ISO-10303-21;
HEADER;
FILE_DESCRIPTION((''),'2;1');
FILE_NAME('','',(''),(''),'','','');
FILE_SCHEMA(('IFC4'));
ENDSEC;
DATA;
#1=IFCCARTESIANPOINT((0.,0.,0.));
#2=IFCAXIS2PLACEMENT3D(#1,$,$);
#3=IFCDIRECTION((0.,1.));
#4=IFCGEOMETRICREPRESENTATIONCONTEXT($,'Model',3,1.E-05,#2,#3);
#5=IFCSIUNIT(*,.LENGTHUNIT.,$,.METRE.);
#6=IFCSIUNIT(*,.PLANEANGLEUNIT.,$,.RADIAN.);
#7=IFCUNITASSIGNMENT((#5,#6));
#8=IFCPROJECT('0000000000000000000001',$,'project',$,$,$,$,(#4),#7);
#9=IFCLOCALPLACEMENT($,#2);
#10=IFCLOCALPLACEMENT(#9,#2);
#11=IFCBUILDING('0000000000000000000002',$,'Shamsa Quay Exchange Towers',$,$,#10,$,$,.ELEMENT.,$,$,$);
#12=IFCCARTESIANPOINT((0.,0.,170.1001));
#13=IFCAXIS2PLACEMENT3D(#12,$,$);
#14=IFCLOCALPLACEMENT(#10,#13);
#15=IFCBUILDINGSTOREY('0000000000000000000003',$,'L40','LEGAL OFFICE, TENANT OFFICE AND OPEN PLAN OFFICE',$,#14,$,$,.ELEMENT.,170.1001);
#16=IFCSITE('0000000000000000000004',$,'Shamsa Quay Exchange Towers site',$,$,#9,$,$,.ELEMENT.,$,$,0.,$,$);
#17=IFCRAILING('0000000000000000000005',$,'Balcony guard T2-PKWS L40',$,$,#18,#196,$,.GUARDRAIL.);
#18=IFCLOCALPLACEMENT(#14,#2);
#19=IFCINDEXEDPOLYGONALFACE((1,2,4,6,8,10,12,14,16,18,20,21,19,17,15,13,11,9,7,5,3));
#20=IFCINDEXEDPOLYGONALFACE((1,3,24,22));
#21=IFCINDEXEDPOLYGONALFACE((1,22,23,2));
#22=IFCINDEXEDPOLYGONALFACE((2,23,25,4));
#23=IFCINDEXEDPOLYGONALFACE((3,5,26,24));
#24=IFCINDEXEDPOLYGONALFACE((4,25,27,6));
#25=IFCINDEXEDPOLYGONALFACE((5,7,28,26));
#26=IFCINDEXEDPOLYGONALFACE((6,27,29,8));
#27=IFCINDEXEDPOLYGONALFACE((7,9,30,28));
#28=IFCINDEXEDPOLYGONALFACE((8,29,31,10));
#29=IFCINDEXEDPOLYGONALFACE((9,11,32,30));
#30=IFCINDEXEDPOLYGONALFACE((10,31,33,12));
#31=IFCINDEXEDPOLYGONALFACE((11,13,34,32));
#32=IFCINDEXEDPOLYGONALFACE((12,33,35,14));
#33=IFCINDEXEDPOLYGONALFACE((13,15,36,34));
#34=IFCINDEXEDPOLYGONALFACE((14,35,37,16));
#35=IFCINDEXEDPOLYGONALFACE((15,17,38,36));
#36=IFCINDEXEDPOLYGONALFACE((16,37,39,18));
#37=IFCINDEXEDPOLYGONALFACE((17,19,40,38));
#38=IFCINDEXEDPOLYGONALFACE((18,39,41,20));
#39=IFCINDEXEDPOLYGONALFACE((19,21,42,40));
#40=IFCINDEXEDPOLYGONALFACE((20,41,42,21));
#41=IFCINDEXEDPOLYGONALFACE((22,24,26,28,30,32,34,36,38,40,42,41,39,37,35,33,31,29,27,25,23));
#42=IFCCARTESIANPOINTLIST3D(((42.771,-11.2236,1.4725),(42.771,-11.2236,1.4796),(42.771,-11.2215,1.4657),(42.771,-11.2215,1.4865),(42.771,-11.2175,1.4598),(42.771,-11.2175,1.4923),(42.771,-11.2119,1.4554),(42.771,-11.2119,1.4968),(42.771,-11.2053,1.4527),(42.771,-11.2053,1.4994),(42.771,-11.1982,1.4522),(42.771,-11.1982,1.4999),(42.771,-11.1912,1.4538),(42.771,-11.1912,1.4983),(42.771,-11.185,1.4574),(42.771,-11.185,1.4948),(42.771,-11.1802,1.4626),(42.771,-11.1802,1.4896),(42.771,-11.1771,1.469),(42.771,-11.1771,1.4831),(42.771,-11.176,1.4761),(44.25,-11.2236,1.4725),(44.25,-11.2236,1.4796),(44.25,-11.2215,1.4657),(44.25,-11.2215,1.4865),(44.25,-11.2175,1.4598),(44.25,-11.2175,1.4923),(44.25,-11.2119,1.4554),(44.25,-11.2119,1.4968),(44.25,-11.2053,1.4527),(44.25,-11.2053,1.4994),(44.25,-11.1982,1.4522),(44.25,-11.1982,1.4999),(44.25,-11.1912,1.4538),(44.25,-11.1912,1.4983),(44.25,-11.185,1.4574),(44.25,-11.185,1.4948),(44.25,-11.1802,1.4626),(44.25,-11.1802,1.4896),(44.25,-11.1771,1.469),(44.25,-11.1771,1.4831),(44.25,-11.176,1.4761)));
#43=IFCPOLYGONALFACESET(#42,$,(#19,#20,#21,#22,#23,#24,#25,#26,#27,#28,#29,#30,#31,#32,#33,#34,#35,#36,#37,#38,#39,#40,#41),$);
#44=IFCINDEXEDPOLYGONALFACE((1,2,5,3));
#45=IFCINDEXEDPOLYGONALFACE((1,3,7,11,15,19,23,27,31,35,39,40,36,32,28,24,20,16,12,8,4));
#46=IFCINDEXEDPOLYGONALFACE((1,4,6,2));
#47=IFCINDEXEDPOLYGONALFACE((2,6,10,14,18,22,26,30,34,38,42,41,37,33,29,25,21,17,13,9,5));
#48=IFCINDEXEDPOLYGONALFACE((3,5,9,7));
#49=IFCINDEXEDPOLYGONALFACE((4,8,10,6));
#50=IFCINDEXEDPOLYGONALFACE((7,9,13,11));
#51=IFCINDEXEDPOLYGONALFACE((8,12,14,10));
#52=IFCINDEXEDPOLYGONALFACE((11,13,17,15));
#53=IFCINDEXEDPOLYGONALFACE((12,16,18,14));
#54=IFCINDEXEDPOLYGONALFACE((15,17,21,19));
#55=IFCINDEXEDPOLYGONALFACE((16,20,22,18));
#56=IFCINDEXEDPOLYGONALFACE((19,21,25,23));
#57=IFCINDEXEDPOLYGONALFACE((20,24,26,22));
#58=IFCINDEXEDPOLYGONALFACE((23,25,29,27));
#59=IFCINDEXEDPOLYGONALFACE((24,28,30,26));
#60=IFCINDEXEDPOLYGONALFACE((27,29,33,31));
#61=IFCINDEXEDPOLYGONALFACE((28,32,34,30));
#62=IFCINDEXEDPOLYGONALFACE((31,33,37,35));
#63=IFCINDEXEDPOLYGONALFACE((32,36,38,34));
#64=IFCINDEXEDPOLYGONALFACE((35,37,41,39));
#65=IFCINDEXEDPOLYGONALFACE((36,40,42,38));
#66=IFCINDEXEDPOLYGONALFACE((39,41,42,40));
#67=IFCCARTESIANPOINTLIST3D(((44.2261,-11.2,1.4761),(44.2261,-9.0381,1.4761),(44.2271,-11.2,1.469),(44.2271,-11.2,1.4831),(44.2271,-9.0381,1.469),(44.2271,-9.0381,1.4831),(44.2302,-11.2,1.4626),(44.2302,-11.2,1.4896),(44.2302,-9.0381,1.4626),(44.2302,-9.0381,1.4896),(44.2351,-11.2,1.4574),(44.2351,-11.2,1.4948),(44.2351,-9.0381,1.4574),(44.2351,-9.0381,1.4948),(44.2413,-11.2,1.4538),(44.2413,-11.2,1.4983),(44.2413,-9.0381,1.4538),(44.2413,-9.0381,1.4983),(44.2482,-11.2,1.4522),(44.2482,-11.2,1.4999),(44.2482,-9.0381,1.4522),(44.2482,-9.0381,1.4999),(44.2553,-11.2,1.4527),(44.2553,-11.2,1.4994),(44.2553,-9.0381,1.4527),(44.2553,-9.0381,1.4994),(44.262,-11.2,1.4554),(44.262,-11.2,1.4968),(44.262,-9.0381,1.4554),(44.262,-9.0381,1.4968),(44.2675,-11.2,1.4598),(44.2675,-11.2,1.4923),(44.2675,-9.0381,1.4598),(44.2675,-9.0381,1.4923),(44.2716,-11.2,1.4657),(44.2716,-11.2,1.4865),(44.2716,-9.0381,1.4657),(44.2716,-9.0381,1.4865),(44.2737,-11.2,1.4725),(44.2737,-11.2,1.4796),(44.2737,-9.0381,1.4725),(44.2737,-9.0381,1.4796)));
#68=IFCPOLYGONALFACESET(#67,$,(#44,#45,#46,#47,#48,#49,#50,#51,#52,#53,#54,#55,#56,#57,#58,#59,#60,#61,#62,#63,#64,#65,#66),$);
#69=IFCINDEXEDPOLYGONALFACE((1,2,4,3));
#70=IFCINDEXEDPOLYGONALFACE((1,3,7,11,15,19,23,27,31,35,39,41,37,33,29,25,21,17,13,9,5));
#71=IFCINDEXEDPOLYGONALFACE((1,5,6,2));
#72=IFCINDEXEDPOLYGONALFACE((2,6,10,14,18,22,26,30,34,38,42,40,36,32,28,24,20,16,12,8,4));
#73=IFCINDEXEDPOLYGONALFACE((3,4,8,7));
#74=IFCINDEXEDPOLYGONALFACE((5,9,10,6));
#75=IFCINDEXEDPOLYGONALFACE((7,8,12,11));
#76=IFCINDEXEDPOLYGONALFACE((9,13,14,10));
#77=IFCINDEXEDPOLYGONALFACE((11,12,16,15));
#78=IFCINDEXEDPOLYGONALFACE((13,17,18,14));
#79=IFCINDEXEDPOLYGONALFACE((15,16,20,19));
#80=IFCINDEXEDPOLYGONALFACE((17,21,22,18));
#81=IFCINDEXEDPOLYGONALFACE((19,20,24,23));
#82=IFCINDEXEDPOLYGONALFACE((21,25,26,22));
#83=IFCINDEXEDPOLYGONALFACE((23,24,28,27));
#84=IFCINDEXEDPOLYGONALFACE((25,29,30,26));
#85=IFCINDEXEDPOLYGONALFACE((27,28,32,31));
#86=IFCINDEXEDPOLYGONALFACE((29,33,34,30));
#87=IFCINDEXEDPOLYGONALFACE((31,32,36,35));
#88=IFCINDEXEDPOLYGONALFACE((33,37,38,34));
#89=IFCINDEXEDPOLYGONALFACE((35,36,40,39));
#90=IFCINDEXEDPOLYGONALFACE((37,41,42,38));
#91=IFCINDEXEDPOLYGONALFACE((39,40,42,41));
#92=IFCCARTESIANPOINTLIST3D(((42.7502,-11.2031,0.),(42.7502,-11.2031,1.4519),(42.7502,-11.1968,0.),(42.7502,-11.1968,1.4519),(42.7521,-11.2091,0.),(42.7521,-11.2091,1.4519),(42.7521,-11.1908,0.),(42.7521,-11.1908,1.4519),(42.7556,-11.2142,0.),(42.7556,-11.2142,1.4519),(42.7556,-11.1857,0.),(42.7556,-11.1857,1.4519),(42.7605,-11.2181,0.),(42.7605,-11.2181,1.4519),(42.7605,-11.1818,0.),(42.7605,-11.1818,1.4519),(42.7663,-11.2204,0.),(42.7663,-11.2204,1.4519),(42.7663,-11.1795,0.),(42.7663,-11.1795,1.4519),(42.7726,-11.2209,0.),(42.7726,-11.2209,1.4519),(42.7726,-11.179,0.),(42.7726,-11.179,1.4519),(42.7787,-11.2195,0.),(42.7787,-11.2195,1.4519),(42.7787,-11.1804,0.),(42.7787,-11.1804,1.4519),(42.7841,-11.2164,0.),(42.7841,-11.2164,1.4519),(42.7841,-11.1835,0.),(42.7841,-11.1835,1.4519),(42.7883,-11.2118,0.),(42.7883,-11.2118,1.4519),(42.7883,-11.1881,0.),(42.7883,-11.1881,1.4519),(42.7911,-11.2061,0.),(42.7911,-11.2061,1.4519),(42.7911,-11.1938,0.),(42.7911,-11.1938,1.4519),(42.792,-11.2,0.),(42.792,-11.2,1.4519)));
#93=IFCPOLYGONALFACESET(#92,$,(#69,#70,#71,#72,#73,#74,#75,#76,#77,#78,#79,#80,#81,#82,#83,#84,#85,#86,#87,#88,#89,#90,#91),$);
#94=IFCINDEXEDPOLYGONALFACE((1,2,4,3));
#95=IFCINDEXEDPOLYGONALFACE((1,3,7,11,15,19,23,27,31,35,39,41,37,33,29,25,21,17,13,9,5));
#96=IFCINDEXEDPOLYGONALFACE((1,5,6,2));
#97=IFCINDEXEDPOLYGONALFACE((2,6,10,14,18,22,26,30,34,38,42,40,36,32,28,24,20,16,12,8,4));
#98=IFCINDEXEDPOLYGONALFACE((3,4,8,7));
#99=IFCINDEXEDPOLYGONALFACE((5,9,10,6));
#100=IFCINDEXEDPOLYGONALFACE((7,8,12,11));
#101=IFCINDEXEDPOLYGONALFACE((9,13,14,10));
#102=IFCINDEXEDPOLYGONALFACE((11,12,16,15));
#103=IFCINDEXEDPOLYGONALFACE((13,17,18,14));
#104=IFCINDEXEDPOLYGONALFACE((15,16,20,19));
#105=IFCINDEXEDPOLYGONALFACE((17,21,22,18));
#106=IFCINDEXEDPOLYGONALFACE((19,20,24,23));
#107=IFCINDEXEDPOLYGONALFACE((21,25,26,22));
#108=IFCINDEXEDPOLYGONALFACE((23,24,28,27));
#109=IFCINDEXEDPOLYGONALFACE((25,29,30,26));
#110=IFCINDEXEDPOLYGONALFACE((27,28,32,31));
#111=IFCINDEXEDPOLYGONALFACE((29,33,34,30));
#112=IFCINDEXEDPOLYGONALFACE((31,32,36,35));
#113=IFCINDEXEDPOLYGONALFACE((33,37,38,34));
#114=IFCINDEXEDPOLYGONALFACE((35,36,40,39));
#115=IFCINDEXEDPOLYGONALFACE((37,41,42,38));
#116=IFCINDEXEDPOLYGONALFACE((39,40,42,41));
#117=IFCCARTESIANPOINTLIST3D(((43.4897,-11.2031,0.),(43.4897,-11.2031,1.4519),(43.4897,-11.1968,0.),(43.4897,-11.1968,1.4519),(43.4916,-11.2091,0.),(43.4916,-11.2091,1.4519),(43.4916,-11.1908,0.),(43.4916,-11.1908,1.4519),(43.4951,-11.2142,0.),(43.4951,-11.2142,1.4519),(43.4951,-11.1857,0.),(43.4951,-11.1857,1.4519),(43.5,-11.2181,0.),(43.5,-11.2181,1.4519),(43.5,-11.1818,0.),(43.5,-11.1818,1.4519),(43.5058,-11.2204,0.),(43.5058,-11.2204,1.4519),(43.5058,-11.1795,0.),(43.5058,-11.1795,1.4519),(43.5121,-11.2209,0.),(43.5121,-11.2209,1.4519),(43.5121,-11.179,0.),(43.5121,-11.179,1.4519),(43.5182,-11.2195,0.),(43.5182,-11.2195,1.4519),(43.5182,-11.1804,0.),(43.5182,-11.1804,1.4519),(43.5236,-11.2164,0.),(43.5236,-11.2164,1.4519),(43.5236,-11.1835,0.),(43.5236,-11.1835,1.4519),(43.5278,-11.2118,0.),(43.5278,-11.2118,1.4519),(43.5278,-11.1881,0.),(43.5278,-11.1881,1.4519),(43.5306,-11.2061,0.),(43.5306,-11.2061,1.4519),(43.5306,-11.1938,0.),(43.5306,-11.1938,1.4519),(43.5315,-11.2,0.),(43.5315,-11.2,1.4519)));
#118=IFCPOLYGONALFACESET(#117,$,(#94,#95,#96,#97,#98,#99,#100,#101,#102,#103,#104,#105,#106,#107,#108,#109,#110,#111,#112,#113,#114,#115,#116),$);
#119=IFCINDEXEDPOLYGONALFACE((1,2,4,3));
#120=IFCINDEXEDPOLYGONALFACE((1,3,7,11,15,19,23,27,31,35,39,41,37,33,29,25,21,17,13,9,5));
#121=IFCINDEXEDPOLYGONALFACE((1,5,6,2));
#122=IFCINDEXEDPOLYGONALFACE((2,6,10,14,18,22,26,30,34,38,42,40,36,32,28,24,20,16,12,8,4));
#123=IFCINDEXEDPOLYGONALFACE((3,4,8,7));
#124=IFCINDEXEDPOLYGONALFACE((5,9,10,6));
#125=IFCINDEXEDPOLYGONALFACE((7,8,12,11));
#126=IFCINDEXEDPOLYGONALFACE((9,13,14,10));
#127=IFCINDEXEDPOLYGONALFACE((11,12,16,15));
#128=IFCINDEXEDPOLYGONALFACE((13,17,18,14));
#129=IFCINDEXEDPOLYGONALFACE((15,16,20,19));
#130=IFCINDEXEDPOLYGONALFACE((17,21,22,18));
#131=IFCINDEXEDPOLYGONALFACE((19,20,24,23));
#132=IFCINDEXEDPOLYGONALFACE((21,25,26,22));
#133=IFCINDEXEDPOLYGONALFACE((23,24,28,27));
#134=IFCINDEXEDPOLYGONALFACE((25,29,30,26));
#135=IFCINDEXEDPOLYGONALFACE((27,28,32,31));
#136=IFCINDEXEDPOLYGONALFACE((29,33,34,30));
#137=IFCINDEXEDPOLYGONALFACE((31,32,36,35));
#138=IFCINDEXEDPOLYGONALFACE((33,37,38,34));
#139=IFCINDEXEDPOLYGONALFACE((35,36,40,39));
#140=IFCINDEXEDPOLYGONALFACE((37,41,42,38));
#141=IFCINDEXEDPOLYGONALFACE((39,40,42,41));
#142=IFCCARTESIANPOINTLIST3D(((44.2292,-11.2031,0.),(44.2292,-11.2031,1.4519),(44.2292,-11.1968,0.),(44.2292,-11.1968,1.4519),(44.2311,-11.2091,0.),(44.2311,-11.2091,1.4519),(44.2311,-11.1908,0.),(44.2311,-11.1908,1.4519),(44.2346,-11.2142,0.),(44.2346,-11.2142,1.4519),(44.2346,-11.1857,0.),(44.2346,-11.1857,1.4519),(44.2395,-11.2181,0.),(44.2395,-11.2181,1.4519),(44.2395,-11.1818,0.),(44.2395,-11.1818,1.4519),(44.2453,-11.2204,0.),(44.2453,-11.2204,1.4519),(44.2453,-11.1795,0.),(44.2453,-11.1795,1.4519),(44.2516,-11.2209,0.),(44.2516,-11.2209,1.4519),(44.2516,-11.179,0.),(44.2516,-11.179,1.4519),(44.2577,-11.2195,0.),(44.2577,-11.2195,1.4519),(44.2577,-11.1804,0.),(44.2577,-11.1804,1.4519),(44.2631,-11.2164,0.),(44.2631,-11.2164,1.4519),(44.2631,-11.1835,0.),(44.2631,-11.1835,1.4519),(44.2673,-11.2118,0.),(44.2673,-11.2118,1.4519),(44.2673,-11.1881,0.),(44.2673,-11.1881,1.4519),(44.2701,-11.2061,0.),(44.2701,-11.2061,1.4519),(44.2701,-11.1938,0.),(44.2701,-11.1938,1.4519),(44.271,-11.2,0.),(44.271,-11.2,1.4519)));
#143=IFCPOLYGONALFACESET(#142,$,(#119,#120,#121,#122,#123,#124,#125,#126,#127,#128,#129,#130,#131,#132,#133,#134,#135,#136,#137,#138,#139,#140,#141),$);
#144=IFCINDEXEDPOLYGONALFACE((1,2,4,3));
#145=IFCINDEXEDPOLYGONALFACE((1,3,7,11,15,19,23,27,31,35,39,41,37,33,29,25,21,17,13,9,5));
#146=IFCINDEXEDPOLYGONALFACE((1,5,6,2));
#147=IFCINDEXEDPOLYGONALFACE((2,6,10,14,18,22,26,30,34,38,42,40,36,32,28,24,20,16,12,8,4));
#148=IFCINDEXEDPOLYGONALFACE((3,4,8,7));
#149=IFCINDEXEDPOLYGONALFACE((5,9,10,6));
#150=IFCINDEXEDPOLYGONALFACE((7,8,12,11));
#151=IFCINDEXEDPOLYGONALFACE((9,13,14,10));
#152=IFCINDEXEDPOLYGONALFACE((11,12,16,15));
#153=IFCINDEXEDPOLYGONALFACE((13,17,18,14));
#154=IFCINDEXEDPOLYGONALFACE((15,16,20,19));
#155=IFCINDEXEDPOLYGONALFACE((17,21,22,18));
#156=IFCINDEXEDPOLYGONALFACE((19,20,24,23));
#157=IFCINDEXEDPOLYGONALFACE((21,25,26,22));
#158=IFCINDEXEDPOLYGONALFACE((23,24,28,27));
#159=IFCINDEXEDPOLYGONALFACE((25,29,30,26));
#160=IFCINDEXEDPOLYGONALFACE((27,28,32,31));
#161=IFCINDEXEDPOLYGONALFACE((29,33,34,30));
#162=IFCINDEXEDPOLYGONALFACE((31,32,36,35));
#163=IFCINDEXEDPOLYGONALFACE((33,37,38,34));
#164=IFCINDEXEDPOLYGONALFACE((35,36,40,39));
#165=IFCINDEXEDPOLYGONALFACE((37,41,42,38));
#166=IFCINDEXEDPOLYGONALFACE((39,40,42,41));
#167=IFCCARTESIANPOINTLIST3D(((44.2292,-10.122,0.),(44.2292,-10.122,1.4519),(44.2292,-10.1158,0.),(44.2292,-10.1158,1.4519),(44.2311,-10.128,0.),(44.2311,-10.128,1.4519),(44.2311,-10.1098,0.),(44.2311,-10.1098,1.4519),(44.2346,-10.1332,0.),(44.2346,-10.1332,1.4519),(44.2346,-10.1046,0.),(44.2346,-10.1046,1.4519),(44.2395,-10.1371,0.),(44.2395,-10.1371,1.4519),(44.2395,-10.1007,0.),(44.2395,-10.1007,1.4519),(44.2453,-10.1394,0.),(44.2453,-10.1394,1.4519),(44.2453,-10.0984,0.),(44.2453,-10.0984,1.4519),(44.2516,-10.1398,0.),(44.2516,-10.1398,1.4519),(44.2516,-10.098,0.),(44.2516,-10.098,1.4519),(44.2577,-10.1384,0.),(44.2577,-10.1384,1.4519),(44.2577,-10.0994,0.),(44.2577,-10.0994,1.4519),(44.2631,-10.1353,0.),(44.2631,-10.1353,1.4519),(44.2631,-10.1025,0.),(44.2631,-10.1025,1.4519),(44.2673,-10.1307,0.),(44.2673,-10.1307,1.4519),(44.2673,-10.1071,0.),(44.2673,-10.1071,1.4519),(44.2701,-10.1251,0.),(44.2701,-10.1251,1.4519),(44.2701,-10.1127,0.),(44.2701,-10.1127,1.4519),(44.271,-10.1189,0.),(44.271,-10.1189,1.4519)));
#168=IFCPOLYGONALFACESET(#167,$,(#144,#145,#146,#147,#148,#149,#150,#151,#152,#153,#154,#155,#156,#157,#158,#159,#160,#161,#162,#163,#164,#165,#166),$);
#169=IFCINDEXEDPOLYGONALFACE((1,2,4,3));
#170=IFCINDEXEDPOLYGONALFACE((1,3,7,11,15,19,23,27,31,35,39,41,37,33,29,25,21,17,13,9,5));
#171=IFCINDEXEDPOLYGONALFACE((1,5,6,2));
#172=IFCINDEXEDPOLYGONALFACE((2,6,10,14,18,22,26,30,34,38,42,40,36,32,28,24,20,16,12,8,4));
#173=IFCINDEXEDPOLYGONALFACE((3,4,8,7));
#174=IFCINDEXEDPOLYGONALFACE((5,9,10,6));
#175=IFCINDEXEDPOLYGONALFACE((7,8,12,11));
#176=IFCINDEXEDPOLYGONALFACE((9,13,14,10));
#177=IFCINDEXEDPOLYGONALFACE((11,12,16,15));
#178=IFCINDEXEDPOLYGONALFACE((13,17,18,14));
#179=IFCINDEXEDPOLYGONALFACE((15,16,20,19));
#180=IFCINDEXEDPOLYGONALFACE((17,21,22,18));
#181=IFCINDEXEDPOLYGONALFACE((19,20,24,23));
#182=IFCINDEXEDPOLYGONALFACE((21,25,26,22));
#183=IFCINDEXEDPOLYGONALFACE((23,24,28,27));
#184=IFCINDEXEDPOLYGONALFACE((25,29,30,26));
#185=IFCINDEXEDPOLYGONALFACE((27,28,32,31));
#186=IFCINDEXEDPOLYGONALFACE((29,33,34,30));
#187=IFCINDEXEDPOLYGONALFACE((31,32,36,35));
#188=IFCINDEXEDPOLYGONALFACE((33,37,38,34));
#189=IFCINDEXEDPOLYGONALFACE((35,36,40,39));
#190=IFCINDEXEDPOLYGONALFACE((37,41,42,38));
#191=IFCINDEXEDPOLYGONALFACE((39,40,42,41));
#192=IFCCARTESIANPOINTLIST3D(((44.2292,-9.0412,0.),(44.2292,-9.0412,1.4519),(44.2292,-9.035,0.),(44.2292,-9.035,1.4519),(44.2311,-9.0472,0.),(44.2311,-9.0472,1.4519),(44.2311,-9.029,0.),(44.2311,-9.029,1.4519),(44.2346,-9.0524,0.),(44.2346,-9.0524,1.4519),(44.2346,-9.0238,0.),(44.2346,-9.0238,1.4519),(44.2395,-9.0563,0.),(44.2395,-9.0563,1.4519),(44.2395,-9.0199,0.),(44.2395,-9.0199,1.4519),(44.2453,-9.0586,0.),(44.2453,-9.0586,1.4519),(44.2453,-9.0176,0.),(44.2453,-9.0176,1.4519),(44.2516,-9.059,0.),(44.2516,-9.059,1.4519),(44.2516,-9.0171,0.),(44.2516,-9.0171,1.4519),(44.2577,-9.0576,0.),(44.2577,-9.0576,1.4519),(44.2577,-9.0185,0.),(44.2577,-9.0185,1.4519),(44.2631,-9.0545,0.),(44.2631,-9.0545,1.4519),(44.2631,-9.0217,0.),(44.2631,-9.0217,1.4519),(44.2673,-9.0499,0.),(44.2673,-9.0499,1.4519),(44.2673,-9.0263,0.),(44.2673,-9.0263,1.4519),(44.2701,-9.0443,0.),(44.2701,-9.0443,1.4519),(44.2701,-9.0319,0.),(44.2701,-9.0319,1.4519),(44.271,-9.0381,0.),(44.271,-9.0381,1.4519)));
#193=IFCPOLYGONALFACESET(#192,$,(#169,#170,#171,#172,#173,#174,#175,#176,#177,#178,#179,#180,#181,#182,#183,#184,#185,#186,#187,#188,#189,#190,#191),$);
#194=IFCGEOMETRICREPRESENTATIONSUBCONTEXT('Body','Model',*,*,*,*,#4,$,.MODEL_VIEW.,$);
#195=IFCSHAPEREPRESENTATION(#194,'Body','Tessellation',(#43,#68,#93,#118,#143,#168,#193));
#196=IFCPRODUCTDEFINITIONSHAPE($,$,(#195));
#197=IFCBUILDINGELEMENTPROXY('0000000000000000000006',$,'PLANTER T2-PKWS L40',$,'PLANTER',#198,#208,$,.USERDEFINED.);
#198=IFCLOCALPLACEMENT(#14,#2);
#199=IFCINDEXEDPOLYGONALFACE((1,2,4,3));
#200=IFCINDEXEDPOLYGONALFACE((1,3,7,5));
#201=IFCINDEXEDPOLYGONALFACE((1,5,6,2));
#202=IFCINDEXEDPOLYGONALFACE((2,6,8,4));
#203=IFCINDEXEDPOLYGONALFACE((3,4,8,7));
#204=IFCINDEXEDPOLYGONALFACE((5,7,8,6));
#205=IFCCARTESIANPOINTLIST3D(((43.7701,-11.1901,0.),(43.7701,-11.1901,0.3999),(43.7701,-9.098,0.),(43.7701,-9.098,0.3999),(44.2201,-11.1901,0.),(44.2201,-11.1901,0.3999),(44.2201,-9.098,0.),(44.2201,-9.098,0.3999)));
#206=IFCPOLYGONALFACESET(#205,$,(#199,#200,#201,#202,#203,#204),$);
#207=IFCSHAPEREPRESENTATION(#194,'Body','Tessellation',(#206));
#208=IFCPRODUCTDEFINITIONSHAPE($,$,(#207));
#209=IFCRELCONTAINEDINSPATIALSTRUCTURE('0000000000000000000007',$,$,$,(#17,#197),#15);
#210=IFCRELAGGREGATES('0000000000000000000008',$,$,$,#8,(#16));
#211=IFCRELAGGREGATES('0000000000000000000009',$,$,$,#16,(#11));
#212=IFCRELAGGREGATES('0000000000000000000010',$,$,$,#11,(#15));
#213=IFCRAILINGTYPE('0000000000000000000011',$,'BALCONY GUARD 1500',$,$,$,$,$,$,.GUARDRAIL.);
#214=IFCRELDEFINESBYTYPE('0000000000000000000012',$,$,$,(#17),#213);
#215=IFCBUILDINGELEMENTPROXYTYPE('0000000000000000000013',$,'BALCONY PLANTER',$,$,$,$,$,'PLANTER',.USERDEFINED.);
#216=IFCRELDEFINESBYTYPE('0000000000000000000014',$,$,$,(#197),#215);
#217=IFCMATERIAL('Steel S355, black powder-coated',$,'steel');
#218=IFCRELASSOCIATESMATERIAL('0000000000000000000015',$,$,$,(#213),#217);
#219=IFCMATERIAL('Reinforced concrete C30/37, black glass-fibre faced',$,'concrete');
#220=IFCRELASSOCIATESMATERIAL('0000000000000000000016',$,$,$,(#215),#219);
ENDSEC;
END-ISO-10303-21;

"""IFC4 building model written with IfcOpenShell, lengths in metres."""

from ifc_helpers import new_model, si_unit, direction, frame, origin, origin_2d, place, context, subcontext, project, spatial, rectangle, circle, extrude, material, type_object, element, save


model = new_model("IFC4")

# Units and contexts
model_context = context("Model", 3, precision=1e-05, world=origin(), true_north=direction((0.0, 1.0)))
body_context = subcontext(model_context, "Body", "Model", "MODEL_VIEW")
ifc_project = project(units=[si_unit("LENGTHUNIT", "METRE"), si_unit("PLANEANGLEUNIT", "RADIAN")], contexts=[model_context])

# Site, building, storey
site_placement = place(None, origin())
site = spatial("IfcSite", under=ifc_project, at=site_placement, Name="Shamsa Quay Exchange Towers site", CompositionType="ELEMENT", RefElevation=0.0)
building_placement = place(site_placement, origin())
building = spatial("IfcBuilding", under=site, at=building_placement, Name="Shamsa Quay Exchange Towers", CompositionType="ELEMENT")
storey_placement = place(building_placement, frame((0.0, 0.0, 170.1001)))
storey = spatial("IfcBuildingStorey", under=building, at=storey_placement, Name="L40", Description="LEGAL OFFICE, TENANT OFFICE AND OPEN PLAN OFFICE", CompositionType="ELEMENT", Elevation=170.1001)

# Railing
ifc_material_1 = material(Name="Steel S355, black powder-coated", Category="steel")
railing_type = type_object("IfcRailingType", Name="BALCONY GUARD 1500", PredefinedType="GUARDRAIL", material=ifc_material_1)
railing_placement = place(storey_placement, frame((42.771, -11.2, 0.0)))
element("IfcRailing", 1, at=railing_placement, inside=storey, type_object=railing_type, Name="Balcony guard T2-PKWS L40", PredefinedType="GUARDRAIL", context=body_context, shape_type="SweptSolid", body=[
    extrude(circle(Radius=0.0239, at=origin_2d()), frame((0.0, 0.0, 1.4761), z_axis=(1.0, 0.0, 0.0), x_axis=(0.0, 1.0, 0.0)), (0.0, 0.0, 1.0), 1.479),
    extrude(circle(Radius=0.0239, at=origin_2d()), frame((1.479, 0.0, 1.4761), z_axis=(0.0, 1.0, 0.0), x_axis=(-1.0, 0.0, 0.0)), (0.0, 0.0, 1.0), 2.1619),
    extrude(circle(Radius=0.021, at=origin_2d()), origin(), (0.0, 0.0, 1.0), 1.4519),
    extrude(circle(Radius=0.021, at=origin_2d()), frame((0.7395, 0.0, 0.0)), (0.0, 0.0, 1.0), 1.4519),
    extrude(circle(Radius=0.021, at=origin_2d()), frame((1.479, 0.0, 0.0)), (0.0, 0.0, 1.0), 1.4519),
    extrude(circle(Radius=0.021, at=origin_2d()), frame((1.479, 1.0811, 0.0)), (0.0, 0.0, 1.0), 1.4519),
    extrude(circle(Radius=0.021, at=origin_2d()), frame((1.479, 2.1619, 0.0)), (0.0, 0.0, 1.0), 1.4519),
])

# Building element proxy
ifc_material_2 = material(Name="Reinforced concrete C30/37, black glass-fibre faced", Category="concrete")
building_element_proxy_type = type_object("IfcBuildingElementProxyType", Name="BALCONY PLANTER", ElementType="PLANTER", PredefinedType="USERDEFINED", material=ifc_material_2)
proxy_placement = place(storey_placement, frame((43.9951, -10.144, 0.0), z_axis=(0.0, 0.0, 1.0), x_axis=(0.0, 1.0, 0.0)))
element("IfcBuildingElementProxy", 2, at=proxy_placement, inside=storey, type_object=building_element_proxy_type, Name="PLANTER T2-PKWS L40", ObjectType="PLANTER", PredefinedType="USERDEFINED", context=body_context, shape_type="SweptSolid", body=[
    extrude(rectangle(XDim=2.092, YDim=0.45, at=origin_2d()), origin(), (0.0, 0.0, 1.0), 0.3999),
])

save(model, "model.ifc")
